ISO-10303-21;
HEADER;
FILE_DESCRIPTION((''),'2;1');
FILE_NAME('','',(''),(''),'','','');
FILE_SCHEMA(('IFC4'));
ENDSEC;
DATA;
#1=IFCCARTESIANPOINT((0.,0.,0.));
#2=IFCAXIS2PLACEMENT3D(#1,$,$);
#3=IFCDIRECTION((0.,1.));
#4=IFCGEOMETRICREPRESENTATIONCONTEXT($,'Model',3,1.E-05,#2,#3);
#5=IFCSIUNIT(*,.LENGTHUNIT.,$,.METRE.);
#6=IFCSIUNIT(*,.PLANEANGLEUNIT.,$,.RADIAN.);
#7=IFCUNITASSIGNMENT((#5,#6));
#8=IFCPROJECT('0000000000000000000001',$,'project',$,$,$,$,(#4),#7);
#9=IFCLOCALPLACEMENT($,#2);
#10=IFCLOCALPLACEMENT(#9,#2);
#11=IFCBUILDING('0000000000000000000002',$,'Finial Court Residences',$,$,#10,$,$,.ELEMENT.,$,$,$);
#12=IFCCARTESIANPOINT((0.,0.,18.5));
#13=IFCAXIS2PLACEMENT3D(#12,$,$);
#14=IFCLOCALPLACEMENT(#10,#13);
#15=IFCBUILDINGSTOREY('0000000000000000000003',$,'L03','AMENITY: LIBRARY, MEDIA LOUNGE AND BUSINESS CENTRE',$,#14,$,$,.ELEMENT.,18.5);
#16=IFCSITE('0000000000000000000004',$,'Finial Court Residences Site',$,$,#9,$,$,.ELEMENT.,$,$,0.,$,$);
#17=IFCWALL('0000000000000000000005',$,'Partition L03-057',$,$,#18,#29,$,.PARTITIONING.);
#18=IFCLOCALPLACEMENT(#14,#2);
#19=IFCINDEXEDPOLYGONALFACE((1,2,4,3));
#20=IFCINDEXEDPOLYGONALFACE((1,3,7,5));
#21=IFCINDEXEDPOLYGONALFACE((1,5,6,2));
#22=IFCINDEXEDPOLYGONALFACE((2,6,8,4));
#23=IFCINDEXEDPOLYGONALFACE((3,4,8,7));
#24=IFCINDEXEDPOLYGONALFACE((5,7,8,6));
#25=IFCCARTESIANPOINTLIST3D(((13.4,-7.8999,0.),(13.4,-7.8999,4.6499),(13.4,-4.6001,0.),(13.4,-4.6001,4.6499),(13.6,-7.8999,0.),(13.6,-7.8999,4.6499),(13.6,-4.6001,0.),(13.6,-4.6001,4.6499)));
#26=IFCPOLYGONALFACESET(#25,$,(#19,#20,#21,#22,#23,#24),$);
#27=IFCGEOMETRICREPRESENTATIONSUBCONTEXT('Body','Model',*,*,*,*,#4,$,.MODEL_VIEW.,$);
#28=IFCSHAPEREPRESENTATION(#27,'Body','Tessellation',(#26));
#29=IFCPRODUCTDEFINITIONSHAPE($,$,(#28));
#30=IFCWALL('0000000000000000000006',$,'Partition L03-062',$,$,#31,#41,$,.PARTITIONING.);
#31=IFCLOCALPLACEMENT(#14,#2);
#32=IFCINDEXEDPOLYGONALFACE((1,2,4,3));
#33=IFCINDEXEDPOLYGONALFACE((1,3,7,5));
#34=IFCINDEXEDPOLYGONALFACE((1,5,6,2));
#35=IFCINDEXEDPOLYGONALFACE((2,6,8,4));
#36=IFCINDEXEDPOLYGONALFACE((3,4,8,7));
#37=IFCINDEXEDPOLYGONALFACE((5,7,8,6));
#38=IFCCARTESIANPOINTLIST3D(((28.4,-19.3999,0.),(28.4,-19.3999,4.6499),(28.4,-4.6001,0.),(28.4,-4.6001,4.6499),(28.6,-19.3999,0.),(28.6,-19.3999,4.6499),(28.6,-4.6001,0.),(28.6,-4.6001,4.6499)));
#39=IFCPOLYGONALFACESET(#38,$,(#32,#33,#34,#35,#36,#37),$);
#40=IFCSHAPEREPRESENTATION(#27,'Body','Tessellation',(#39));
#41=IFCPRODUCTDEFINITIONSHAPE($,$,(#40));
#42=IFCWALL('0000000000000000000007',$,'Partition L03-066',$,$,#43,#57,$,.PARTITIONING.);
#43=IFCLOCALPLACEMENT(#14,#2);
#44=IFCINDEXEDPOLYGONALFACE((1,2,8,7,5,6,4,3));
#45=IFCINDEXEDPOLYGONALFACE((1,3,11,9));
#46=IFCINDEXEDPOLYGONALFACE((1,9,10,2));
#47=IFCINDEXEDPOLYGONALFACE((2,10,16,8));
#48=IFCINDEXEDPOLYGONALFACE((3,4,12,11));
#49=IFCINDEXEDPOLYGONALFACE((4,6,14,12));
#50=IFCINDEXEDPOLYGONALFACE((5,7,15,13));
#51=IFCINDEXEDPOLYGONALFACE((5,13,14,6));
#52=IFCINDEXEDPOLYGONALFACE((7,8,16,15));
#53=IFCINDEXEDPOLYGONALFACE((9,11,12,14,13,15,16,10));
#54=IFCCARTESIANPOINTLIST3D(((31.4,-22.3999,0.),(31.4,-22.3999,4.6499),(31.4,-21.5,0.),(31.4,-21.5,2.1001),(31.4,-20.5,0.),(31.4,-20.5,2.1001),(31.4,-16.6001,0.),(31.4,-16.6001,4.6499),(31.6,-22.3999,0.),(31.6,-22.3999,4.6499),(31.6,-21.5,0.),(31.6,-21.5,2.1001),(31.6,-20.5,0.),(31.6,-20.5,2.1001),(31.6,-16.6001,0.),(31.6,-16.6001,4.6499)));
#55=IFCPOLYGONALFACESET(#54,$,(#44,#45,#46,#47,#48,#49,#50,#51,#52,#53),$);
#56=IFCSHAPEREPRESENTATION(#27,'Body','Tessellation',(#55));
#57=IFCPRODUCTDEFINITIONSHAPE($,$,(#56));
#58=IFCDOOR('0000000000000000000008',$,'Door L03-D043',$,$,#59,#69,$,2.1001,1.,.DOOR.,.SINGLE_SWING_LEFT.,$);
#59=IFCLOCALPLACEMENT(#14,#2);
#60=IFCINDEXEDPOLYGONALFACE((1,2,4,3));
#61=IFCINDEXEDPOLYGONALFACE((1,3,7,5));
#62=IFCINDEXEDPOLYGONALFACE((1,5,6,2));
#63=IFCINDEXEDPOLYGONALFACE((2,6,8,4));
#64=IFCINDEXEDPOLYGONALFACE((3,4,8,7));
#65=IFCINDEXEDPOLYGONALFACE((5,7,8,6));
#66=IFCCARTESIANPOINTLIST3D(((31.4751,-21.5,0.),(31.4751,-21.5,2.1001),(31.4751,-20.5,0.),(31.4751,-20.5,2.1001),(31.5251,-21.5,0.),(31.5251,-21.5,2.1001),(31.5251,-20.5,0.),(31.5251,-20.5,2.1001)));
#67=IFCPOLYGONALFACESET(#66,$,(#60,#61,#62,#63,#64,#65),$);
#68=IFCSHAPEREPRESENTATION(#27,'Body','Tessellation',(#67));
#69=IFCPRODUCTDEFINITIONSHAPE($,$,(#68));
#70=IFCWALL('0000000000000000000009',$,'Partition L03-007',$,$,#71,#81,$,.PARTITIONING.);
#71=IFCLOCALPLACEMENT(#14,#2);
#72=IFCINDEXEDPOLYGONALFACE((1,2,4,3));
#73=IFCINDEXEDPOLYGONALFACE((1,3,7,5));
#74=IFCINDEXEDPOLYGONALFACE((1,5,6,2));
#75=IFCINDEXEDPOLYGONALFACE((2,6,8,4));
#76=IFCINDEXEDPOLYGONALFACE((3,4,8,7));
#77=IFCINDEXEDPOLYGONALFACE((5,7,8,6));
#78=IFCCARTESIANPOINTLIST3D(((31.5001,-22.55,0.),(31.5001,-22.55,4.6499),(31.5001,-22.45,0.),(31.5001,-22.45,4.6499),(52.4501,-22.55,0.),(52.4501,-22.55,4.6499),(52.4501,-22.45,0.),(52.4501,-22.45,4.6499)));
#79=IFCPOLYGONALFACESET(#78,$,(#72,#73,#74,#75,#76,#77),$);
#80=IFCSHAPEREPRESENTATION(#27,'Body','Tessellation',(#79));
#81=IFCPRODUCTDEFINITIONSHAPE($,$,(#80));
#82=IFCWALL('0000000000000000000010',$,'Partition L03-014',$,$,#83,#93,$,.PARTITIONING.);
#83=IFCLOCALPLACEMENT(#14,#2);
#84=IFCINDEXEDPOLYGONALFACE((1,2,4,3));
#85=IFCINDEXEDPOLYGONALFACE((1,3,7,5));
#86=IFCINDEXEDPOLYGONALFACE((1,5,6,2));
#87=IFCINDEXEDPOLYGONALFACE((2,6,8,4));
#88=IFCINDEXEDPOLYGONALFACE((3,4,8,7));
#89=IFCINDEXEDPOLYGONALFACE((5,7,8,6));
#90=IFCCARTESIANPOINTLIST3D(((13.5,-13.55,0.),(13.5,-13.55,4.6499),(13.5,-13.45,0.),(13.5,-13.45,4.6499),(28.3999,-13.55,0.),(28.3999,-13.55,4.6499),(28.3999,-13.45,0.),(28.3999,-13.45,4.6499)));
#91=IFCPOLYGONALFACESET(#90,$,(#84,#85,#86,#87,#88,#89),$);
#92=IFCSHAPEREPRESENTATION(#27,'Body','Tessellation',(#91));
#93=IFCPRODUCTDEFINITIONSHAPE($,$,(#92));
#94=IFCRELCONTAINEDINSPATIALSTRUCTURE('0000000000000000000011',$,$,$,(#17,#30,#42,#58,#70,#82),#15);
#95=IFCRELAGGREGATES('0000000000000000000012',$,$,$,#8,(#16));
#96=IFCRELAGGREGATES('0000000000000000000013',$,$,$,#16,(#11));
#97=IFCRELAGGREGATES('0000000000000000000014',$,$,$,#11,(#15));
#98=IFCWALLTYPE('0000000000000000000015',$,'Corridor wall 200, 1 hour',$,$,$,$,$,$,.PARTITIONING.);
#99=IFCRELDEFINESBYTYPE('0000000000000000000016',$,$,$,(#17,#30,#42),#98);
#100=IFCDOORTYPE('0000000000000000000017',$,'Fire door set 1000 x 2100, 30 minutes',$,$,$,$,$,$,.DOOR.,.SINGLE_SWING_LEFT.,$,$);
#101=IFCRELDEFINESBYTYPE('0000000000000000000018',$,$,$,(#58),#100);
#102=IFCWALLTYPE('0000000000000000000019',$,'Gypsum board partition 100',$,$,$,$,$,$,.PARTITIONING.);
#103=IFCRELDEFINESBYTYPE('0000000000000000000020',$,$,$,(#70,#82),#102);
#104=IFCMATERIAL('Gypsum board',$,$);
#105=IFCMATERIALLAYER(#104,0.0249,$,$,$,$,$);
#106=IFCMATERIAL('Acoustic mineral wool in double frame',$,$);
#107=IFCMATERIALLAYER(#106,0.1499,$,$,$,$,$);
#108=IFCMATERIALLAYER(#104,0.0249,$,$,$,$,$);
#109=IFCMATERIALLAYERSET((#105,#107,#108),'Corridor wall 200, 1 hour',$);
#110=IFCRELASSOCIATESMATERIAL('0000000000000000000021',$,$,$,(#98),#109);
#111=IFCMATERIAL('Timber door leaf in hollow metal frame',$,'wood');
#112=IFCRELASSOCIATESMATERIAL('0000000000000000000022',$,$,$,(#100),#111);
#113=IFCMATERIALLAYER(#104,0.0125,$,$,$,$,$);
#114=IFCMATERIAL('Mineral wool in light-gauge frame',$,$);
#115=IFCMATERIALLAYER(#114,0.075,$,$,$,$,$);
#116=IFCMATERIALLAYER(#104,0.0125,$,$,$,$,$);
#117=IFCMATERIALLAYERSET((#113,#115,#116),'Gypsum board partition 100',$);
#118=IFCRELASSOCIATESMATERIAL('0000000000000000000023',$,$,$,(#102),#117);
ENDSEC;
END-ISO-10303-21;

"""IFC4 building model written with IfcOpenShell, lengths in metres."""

from ifc_helpers import new_model, si_unit, direction, frame, frame_2d, origin, place, context, subcontext, project, spatial, rectangle, extrude, material, layer, layer_set, type_object, element, fill, save


model = new_model("IFC4")

# Units and contexts
model_context = context("Model", 3, precision=1e-05, world=origin(), true_north=direction((0.0, 1.0)))
body_context = subcontext(model_context, "Body", "Model", "MODEL_VIEW")
ifc_project = project(units=[si_unit("LENGTHUNIT", "METRE"), si_unit("PLANEANGLEUNIT", "RADIAN")], contexts=[model_context])

# Site, building, storey
site_placement = place(None, origin())
site = spatial("IfcSite", under=ifc_project, at=site_placement, Name="Finial Court Residences Site", CompositionType="ELEMENT", RefElevation=0.0)
building_placement = place(site_placement, origin())
building = spatial("IfcBuilding", under=site, at=building_placement, Name="Finial Court Residences", CompositionType="ELEMENT")
storey_placement = place(building_placement, frame((0.0, 0.0, 18.5)))
storey = spatial("IfcBuildingStorey", under=building, at=storey_placement, Name="L03", Description="AMENITY: LIBRARY, MEDIA LOUNGE AND BUSINESS CENTRE", CompositionType="ELEMENT", Elevation=18.5)

# Shared definitions
ifc_material_1 = material(Name="Gypsum board")
ifc_layer_1 = layer(ifc_material_1, 0.0249)
ifc_material_2 = material(Name="Acoustic mineral wool in double frame")
ifc_layer_2 = layer(ifc_material_2, 0.1499)
ifc_layer_3 = layer(ifc_material_1, 0.0249)
ifc_layer_set_1 = layer_set([ifc_layer_1, ifc_layer_2, ifc_layer_3], Name="Corridor wall 200, 1 hour")
wall_type_1 = type_object("IfcWallType", Name="Corridor wall 200, 1 hour", PredefinedType="PARTITIONING", material=ifc_layer_set_1)
ifc_material_3 = material(Name="Timber door leaf in hollow metal frame", Category="wood")
door_type = type_object("IfcDoorType", Name="Fire door set 1000 x 2100, 30 minutes", OperationType="SINGLE_SWING_LEFT", PredefinedType="DOOR", material=ifc_material_3)

# Walls
wall_1_placement = place(storey_placement, frame((13.5, -7.8999, 0.0), z_axis=(0.0, 0.0, 1.0), x_axis=(0.0, 1.0, 0.0)))
element("IfcWall", 1, at=wall_1_placement, inside=storey, type_object=wall_type_1, Name="Partition L03-057", PredefinedType="PARTITIONING", context=body_context, shape_type="SweptSolid", body=[
    extrude(rectangle(XDim=3.2998, YDim=0.2, at=frame_2d((1.6499, 0.0))), origin(), (0.0, 0.0, 1.0), 4.6499),
])
wall_2_placement = place(storey_placement, frame((28.5, -19.3999, 0.0), z_axis=(0.0, 0.0, 1.0), x_axis=(0.0, 1.0, 0.0)))
element("IfcWall", 2, at=wall_2_placement, inside=storey, type_object=wall_type_1, Name="Partition L03-062", PredefinedType="PARTITIONING", context=body_context, shape_type="SweptSolid", body=[
    extrude(rectangle(XDim=14.7998, YDim=0.2, at=frame_2d((7.3999, 0.0))), origin(), (0.0, 0.0, 1.0), 4.6499),
])

# Wall, opening, door
wall_3_placement = place(storey_placement, frame((31.5, -22.3999, 0.0), z_axis=(0.0, 0.0, 1.0), x_axis=(0.0, 1.0, 0.0)))
wall_3 = element("IfcWall", 3, at=wall_3_placement, inside=storey, type_object=wall_type_1, Name="Partition L03-066", PredefinedType="PARTITIONING", context=body_context, shape_type="SweptSolid", body=[
    extrude(rectangle(XDim=5.7998, YDim=0.2, at=frame_2d((2.8999, 0.0))), origin(), (0.0, 0.0, 1.0), 4.6499),
])
opening_1_placement = place(wall_3_placement, frame((0.8999, 0.0, 0.0)))
opening_1 = element("IfcOpeningElement", 4, at=opening_1_placement, cuts=wall_3, PredefinedType="OPENING", context=body_context, shape_type="SweptSolid", body=[
    extrude(rectangle(XDim=1.0, YDim=2.1001, at=frame_2d((0.5, 1.05))), frame((0.0, 0.1099, 0.0), z_axis=(0.0, -1.0, 0.0), x_axis=(1.0, 0.0, 0.0)), (0.0, 0.0, 1.0), 0.22),
])
door_1_placement = place(opening_1_placement, origin())
door_1 = element("IfcDoor", 5, at=door_1_placement, inside=storey, type_object=door_type, Name="Door L03-D043", OperationType="SINGLE_SWING_LEFT", OverallHeight=2.1001, OverallWidth=1.0, PredefinedType="DOOR", context=body_context, shape_type="SweptSolid", body=[
    extrude(rectangle(XDim=1.0, YDim=2.1001, at=frame_2d((0.5, 1.05))), frame((0.0, 0.0249, 0.0), z_axis=(0.0, -1.0, 0.0), x_axis=(1.0, 0.0, 0.0)), (0.0, 0.0, 1.0), 0.05),
])
fill(opening_1, door_1)

# Walls
ifc_layer_4 = layer(ifc_material_1, 0.0125)
ifc_material_4 = material(Name="Mineral wool in light-gauge frame")
ifc_layer_5 = layer(ifc_material_4, 0.075)
ifc_layer_6 = layer(ifc_material_1, 0.0125)
ifc_layer_set_2 = layer_set([ifc_layer_4, ifc_layer_5, ifc_layer_6], Name="Gypsum board partition 100")
wall_type_2 = type_object("IfcWallType", Name="Gypsum board partition 100", PredefinedType="PARTITIONING", material=ifc_layer_set_2)
wall_4_placement = place(storey_placement, frame((31.5, -22.5, 0.0), z_axis=(0.0, 0.0, 1.0), x_axis=(1.0, 0.0, 0.0)))
element("IfcWall", 6, at=wall_4_placement, inside=storey, type_object=wall_type_2, Name="Partition L03-007", PredefinedType="PARTITIONING", context=body_context, shape_type="SweptSolid", body=[
    extrude(rectangle(XDim=20.95, YDim=0.1001, at=frame_2d((10.4751, 0.0))), origin(), (0.0, 0.0, 1.0), 4.6499),
])
wall_5_placement = place(storey_placement, frame((13.5, -13.5, 0.0), z_axis=(0.0, 0.0, 1.0), x_axis=(1.0, 0.0, 0.0)))
element("IfcWall", 7, at=wall_5_placement, inside=storey, type_object=wall_type_2, Name="Partition L03-014", PredefinedType="PARTITIONING", context=body_context, shape_type="SweptSolid", body=[
    extrude(rectangle(XDim=14.8999, YDim=0.1001, at=frame_2d((7.45, 0.0))), origin(), (0.0, 0.0, 1.0), 4.6499),
])

save(model, "model.ifc")
